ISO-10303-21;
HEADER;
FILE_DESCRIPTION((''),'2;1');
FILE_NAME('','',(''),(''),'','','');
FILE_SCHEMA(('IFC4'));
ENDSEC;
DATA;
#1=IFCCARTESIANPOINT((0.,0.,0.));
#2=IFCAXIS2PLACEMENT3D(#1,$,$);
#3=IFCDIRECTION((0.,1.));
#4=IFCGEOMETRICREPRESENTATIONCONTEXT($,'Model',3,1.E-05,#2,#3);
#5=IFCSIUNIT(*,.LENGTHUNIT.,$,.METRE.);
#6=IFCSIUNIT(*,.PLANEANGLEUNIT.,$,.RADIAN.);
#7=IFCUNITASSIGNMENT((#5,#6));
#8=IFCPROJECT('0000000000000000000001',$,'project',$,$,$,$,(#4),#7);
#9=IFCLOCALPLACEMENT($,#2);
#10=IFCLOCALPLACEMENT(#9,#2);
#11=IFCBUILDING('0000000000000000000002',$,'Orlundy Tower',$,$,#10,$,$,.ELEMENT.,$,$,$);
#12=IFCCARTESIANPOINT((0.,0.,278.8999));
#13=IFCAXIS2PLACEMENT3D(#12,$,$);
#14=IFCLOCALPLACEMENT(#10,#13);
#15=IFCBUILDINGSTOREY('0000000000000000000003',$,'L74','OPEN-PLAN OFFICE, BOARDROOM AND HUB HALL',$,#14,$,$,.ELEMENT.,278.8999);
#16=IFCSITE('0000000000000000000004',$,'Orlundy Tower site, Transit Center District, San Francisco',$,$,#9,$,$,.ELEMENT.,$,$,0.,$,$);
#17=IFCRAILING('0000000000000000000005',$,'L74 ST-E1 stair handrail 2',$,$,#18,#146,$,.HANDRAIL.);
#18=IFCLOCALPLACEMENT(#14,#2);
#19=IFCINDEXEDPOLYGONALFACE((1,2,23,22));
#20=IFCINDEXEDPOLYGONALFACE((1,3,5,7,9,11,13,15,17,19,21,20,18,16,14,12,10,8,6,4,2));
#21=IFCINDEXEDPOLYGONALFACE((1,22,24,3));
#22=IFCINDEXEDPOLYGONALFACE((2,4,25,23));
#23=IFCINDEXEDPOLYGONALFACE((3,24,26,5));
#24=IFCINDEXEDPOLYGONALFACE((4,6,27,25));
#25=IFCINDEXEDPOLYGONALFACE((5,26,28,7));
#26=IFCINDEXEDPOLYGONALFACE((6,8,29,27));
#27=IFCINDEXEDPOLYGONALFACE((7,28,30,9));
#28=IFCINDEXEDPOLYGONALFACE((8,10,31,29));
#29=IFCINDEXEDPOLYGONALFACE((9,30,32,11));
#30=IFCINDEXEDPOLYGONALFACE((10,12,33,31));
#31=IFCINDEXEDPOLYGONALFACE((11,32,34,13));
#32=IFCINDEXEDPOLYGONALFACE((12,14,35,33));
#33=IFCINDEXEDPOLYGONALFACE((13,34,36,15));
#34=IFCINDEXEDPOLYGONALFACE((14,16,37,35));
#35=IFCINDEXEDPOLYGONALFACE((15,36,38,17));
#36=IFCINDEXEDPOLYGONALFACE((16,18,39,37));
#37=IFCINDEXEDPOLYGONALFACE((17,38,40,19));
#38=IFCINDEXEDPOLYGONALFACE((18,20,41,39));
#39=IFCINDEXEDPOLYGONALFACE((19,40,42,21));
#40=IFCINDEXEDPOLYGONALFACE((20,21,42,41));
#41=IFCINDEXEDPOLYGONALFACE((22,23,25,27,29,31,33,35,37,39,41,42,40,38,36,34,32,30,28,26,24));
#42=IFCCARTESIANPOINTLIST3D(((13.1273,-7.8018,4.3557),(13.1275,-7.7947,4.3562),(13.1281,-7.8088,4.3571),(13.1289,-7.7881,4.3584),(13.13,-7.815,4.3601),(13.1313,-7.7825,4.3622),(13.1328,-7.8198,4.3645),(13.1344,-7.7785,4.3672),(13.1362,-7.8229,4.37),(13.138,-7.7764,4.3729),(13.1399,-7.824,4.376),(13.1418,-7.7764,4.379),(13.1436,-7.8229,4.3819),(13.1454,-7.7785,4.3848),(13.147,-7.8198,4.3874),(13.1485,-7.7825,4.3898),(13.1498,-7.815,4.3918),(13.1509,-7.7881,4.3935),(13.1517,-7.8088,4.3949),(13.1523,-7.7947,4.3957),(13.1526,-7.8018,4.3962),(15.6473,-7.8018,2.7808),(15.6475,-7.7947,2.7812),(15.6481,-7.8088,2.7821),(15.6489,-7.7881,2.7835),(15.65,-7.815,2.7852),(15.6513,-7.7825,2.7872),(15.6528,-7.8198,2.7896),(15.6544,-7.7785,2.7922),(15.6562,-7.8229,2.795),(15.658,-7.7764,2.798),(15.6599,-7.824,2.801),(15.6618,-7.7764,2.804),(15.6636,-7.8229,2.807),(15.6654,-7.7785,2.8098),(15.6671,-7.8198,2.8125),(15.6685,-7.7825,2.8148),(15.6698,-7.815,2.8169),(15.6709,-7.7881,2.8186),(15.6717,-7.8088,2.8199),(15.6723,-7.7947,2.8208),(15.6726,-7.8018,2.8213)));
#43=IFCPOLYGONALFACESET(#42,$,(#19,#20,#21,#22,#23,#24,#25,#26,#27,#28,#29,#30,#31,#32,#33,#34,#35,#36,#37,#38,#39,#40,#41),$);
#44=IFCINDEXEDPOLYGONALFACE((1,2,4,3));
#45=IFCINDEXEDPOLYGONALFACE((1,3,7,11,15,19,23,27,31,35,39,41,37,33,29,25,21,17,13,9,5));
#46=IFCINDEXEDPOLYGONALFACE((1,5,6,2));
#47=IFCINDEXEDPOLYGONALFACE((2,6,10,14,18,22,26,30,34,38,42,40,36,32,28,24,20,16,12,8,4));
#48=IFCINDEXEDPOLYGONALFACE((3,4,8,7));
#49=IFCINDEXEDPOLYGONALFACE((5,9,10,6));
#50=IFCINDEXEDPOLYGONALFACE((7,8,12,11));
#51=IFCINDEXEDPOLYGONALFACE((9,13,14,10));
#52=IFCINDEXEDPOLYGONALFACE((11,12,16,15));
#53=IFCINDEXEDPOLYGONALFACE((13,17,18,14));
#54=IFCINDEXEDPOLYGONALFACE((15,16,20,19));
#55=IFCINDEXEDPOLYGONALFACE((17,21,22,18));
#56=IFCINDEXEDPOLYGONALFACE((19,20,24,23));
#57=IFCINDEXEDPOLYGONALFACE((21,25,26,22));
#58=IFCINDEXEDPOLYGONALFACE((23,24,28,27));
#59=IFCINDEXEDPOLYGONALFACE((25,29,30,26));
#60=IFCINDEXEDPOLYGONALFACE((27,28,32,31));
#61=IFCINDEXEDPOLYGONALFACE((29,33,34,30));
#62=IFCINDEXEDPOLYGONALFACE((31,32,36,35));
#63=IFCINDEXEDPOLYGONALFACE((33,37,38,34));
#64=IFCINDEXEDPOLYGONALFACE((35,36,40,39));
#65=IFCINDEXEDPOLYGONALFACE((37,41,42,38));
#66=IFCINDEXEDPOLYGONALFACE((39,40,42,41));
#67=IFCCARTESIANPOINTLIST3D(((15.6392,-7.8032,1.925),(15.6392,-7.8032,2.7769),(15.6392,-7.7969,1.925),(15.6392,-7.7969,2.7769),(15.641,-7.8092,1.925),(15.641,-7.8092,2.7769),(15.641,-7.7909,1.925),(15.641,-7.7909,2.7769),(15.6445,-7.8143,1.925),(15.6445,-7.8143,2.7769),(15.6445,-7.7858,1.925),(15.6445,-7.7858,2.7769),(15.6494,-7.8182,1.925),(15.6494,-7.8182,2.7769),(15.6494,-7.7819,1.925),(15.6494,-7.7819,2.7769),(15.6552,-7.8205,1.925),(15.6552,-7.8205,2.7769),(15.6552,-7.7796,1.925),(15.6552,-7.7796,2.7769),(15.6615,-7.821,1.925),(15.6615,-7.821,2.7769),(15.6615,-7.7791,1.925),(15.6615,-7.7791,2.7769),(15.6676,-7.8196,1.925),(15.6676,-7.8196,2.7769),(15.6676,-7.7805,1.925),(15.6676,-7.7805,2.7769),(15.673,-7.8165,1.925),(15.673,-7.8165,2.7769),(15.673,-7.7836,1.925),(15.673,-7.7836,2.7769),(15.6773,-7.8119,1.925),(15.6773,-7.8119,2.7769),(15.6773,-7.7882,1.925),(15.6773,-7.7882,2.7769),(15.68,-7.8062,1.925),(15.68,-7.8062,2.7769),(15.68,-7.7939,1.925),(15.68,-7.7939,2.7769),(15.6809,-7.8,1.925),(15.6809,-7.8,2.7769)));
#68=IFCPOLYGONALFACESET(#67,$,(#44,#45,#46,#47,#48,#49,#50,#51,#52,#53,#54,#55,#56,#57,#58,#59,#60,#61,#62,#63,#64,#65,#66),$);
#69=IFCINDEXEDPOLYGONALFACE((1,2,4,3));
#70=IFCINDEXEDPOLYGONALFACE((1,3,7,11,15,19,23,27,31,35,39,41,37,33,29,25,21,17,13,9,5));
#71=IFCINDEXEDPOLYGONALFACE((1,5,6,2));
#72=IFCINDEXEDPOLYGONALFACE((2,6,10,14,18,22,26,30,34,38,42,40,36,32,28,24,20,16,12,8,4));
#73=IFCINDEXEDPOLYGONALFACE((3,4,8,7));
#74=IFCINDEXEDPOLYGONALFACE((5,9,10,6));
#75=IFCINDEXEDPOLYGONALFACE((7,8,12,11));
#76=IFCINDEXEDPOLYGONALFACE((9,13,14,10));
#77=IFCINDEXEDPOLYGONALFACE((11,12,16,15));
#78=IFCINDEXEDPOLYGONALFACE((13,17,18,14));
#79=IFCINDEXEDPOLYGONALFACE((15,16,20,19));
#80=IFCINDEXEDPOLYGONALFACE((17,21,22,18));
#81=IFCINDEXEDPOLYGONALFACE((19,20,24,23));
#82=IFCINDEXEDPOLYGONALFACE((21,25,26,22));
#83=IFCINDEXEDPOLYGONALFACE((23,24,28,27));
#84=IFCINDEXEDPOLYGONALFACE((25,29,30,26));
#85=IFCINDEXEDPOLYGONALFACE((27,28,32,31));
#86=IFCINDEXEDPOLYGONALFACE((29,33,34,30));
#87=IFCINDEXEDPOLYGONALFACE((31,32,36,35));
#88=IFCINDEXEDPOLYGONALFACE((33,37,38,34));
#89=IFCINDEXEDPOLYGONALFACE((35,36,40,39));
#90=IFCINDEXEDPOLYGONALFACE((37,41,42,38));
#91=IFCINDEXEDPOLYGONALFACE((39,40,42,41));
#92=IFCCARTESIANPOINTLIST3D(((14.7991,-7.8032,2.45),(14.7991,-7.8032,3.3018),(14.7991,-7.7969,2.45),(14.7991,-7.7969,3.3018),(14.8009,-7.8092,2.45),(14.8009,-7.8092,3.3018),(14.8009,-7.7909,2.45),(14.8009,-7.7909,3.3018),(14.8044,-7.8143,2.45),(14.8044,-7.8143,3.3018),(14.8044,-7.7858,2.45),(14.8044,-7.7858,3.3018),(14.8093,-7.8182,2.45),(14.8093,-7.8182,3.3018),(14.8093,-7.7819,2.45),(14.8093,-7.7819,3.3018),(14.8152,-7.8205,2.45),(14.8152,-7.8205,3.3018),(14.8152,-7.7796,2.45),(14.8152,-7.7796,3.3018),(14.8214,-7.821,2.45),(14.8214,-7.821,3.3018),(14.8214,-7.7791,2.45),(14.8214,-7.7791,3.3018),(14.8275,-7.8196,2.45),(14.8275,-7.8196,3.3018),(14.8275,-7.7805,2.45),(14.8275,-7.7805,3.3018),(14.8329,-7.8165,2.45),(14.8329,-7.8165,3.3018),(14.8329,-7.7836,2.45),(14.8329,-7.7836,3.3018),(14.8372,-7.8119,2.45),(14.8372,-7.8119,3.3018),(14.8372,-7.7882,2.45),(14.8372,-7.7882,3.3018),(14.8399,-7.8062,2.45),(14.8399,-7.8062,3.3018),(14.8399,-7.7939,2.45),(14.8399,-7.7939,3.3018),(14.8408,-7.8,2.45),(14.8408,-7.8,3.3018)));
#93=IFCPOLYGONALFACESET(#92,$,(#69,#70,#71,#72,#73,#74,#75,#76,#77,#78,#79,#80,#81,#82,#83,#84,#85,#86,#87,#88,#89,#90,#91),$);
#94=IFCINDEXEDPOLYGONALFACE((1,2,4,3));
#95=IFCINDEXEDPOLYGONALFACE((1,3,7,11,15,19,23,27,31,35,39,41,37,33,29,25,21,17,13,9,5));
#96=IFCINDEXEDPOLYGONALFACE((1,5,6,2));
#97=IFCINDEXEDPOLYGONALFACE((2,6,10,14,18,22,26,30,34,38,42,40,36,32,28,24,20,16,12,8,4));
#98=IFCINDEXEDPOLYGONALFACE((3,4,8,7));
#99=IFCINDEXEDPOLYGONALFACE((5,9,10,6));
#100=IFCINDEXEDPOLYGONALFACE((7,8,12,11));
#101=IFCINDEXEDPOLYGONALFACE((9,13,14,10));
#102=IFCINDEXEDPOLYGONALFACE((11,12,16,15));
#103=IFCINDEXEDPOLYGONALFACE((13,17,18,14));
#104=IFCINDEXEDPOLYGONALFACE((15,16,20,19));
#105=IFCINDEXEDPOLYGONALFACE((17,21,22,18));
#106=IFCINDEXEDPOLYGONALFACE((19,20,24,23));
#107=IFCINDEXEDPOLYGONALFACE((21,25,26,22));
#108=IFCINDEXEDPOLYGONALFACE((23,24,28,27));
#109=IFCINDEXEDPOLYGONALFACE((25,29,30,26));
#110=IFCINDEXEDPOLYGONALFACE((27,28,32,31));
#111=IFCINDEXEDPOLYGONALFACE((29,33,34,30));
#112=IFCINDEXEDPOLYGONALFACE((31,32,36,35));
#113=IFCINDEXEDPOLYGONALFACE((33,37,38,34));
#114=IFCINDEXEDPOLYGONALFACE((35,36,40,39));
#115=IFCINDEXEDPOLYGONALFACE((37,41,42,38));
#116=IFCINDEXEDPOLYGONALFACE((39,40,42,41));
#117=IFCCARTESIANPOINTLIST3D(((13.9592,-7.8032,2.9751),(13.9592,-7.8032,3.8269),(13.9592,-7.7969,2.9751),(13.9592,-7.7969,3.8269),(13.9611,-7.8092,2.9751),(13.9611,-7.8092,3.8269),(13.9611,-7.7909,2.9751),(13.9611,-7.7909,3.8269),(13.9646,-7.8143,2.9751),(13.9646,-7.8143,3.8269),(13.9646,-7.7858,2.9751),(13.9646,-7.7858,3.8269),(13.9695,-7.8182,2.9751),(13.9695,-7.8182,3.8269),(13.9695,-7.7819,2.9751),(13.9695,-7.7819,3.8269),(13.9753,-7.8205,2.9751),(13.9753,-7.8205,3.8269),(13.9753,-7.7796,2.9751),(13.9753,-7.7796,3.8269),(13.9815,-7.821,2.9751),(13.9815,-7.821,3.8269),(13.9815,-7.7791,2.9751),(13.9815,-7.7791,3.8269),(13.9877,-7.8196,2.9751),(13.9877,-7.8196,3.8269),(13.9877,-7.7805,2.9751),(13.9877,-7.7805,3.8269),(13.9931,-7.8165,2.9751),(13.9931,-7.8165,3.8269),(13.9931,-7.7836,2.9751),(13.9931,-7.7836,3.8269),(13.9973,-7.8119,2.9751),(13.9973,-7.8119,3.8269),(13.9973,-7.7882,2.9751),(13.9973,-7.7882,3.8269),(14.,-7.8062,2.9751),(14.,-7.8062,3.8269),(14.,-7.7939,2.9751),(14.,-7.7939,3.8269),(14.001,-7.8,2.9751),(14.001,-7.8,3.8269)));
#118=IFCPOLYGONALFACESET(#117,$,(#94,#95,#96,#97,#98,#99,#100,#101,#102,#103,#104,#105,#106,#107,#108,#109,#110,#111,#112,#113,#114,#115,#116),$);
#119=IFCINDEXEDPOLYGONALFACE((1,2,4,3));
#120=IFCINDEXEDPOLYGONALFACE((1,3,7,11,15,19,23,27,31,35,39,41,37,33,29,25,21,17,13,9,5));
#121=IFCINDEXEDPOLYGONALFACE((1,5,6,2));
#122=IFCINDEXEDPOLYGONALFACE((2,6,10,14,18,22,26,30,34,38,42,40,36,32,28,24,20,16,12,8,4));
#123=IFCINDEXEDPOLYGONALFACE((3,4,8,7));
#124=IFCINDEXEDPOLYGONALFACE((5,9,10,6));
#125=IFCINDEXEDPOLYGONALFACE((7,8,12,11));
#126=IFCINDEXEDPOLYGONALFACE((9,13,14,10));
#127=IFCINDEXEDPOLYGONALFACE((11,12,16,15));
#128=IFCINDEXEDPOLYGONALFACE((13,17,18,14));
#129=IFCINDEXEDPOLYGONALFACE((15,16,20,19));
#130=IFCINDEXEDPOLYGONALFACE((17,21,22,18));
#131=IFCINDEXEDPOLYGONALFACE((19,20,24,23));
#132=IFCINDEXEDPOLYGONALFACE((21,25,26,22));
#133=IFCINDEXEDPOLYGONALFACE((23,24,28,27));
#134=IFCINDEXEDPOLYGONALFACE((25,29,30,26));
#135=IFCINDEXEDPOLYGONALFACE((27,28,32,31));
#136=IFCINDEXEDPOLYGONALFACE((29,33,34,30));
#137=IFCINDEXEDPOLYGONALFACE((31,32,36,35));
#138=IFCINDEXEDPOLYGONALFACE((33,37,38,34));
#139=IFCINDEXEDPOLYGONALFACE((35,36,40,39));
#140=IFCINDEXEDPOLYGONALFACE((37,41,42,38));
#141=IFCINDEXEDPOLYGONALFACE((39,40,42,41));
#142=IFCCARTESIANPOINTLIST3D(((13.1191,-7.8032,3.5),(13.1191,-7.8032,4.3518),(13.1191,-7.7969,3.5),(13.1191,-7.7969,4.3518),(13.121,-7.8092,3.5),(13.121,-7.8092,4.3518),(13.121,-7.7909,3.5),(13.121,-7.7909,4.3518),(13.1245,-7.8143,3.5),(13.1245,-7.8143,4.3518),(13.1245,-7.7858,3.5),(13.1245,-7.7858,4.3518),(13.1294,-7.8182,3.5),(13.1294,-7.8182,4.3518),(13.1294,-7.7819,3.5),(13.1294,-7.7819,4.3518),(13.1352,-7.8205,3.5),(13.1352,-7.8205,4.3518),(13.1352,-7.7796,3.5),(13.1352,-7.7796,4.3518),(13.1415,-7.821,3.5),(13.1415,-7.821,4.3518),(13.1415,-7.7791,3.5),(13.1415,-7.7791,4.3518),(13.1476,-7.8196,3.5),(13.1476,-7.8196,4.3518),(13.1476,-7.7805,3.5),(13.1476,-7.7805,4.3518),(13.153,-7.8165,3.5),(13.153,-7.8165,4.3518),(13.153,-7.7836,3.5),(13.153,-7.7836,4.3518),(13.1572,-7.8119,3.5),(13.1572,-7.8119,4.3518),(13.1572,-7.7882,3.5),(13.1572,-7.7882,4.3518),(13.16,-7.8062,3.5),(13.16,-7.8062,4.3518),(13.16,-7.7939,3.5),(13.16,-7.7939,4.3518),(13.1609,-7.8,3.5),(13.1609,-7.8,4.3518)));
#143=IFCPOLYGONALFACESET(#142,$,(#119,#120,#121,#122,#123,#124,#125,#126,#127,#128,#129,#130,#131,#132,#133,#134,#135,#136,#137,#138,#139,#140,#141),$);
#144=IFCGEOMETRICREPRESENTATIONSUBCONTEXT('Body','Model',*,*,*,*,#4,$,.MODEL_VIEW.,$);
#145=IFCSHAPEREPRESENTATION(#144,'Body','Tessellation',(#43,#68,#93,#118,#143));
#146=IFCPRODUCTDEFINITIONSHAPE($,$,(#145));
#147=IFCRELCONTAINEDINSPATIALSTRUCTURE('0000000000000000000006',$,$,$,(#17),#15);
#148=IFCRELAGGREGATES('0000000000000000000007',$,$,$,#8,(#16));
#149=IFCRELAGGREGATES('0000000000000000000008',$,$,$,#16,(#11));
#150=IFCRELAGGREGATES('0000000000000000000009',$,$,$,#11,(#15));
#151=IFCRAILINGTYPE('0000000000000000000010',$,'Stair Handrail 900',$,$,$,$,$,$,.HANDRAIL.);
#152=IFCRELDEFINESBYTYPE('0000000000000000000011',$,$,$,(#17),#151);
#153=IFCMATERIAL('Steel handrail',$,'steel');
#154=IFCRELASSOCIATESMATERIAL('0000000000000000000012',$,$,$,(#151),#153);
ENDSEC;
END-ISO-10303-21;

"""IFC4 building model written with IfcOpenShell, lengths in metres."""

from ifc_helpers import new_model, si_unit, direction, frame, origin, origin_2d, place, context, subcontext, project, spatial, circle, extrude, material, type_object, element, save


model = new_model("IFC4")

# Units and contexts
model_context = context("Model", 3, precision=1e-05, world=origin(), true_north=direction((0.0, 1.0)))
body_context = subcontext(model_context, "Body", "Model", "MODEL_VIEW")
ifc_project = project(units=[si_unit("LENGTHUNIT", "METRE"), si_unit("PLANEANGLEUNIT", "RADIAN")], contexts=[model_context])

# Site, building, storey
site_placement = place(None, origin())
site = spatial("IfcSite", under=ifc_project, at=site_placement, Name="Orlundy Tower site, Transit Center District, San Francisco", CompositionType="ELEMENT", RefElevation=0.0)
building_placement = place(site_placement, origin())
building = spatial("IfcBuilding", under=site, at=building_placement, Name="Orlundy Tower", CompositionType="ELEMENT")
storey_placement = place(building_placement, frame((0.0, 0.0, 278.8999)))
storey = spatial("IfcBuildingStorey", under=building, at=storey_placement, Name="L74", Description="OPEN-PLAN OFFICE, BOARDROOM AND HUB HALL", CompositionType="ELEMENT", Elevation=278.8999)

# Railing
ifc_material_1 = material(Name="Steel handrail", Category="steel")
railing_type_1 = type_object("IfcRailingType", Name="Stair Handrail 900", PredefinedType="HANDRAIL", material=ifc_material_1)
railing_1_placement = place(storey_placement, frame((15.6599, -7.8, 1.925)))
element("IfcRailing", 1, at=railing_1_placement, inside=storey, type_object=railing_type_1, Name="L74 ST-E1 stair handrail 2", PredefinedType="HANDRAIL", context=body_context, shape_type="SweptSolid", body=[
    extrude(circle(Radius=0.0239, at=origin_2d()), frame((0.0, 0.0, 0.876), z_axis=(-0.848008, 0.0, 0.529984), x_axis=(0.0, -1.0, 0.0)), (0.0, 0.0, 1.0), 2.9717),
    extrude(circle(Radius=0.021, at=origin_2d()), origin(), (0.0, 0.0, 1.0), 0.8518),
    extrude(circle(Radius=0.021, at=origin_2d()), frame((-0.8401, 0.0, 0.5249)), (0.0, 0.0, 1.0), 0.8518),
    extrude(circle(Radius=0.021, at=origin_2d()), frame((-1.6799, 0.0, 1.05)), (0.0, 0.0, 1.0), 0.8518),
    extrude(circle(Radius=0.021, at=origin_2d()), frame((-2.52, 0.0, 1.575)), (0.0, 0.0, 1.0), 0.8518),
])

save(model, "model.ifc")
